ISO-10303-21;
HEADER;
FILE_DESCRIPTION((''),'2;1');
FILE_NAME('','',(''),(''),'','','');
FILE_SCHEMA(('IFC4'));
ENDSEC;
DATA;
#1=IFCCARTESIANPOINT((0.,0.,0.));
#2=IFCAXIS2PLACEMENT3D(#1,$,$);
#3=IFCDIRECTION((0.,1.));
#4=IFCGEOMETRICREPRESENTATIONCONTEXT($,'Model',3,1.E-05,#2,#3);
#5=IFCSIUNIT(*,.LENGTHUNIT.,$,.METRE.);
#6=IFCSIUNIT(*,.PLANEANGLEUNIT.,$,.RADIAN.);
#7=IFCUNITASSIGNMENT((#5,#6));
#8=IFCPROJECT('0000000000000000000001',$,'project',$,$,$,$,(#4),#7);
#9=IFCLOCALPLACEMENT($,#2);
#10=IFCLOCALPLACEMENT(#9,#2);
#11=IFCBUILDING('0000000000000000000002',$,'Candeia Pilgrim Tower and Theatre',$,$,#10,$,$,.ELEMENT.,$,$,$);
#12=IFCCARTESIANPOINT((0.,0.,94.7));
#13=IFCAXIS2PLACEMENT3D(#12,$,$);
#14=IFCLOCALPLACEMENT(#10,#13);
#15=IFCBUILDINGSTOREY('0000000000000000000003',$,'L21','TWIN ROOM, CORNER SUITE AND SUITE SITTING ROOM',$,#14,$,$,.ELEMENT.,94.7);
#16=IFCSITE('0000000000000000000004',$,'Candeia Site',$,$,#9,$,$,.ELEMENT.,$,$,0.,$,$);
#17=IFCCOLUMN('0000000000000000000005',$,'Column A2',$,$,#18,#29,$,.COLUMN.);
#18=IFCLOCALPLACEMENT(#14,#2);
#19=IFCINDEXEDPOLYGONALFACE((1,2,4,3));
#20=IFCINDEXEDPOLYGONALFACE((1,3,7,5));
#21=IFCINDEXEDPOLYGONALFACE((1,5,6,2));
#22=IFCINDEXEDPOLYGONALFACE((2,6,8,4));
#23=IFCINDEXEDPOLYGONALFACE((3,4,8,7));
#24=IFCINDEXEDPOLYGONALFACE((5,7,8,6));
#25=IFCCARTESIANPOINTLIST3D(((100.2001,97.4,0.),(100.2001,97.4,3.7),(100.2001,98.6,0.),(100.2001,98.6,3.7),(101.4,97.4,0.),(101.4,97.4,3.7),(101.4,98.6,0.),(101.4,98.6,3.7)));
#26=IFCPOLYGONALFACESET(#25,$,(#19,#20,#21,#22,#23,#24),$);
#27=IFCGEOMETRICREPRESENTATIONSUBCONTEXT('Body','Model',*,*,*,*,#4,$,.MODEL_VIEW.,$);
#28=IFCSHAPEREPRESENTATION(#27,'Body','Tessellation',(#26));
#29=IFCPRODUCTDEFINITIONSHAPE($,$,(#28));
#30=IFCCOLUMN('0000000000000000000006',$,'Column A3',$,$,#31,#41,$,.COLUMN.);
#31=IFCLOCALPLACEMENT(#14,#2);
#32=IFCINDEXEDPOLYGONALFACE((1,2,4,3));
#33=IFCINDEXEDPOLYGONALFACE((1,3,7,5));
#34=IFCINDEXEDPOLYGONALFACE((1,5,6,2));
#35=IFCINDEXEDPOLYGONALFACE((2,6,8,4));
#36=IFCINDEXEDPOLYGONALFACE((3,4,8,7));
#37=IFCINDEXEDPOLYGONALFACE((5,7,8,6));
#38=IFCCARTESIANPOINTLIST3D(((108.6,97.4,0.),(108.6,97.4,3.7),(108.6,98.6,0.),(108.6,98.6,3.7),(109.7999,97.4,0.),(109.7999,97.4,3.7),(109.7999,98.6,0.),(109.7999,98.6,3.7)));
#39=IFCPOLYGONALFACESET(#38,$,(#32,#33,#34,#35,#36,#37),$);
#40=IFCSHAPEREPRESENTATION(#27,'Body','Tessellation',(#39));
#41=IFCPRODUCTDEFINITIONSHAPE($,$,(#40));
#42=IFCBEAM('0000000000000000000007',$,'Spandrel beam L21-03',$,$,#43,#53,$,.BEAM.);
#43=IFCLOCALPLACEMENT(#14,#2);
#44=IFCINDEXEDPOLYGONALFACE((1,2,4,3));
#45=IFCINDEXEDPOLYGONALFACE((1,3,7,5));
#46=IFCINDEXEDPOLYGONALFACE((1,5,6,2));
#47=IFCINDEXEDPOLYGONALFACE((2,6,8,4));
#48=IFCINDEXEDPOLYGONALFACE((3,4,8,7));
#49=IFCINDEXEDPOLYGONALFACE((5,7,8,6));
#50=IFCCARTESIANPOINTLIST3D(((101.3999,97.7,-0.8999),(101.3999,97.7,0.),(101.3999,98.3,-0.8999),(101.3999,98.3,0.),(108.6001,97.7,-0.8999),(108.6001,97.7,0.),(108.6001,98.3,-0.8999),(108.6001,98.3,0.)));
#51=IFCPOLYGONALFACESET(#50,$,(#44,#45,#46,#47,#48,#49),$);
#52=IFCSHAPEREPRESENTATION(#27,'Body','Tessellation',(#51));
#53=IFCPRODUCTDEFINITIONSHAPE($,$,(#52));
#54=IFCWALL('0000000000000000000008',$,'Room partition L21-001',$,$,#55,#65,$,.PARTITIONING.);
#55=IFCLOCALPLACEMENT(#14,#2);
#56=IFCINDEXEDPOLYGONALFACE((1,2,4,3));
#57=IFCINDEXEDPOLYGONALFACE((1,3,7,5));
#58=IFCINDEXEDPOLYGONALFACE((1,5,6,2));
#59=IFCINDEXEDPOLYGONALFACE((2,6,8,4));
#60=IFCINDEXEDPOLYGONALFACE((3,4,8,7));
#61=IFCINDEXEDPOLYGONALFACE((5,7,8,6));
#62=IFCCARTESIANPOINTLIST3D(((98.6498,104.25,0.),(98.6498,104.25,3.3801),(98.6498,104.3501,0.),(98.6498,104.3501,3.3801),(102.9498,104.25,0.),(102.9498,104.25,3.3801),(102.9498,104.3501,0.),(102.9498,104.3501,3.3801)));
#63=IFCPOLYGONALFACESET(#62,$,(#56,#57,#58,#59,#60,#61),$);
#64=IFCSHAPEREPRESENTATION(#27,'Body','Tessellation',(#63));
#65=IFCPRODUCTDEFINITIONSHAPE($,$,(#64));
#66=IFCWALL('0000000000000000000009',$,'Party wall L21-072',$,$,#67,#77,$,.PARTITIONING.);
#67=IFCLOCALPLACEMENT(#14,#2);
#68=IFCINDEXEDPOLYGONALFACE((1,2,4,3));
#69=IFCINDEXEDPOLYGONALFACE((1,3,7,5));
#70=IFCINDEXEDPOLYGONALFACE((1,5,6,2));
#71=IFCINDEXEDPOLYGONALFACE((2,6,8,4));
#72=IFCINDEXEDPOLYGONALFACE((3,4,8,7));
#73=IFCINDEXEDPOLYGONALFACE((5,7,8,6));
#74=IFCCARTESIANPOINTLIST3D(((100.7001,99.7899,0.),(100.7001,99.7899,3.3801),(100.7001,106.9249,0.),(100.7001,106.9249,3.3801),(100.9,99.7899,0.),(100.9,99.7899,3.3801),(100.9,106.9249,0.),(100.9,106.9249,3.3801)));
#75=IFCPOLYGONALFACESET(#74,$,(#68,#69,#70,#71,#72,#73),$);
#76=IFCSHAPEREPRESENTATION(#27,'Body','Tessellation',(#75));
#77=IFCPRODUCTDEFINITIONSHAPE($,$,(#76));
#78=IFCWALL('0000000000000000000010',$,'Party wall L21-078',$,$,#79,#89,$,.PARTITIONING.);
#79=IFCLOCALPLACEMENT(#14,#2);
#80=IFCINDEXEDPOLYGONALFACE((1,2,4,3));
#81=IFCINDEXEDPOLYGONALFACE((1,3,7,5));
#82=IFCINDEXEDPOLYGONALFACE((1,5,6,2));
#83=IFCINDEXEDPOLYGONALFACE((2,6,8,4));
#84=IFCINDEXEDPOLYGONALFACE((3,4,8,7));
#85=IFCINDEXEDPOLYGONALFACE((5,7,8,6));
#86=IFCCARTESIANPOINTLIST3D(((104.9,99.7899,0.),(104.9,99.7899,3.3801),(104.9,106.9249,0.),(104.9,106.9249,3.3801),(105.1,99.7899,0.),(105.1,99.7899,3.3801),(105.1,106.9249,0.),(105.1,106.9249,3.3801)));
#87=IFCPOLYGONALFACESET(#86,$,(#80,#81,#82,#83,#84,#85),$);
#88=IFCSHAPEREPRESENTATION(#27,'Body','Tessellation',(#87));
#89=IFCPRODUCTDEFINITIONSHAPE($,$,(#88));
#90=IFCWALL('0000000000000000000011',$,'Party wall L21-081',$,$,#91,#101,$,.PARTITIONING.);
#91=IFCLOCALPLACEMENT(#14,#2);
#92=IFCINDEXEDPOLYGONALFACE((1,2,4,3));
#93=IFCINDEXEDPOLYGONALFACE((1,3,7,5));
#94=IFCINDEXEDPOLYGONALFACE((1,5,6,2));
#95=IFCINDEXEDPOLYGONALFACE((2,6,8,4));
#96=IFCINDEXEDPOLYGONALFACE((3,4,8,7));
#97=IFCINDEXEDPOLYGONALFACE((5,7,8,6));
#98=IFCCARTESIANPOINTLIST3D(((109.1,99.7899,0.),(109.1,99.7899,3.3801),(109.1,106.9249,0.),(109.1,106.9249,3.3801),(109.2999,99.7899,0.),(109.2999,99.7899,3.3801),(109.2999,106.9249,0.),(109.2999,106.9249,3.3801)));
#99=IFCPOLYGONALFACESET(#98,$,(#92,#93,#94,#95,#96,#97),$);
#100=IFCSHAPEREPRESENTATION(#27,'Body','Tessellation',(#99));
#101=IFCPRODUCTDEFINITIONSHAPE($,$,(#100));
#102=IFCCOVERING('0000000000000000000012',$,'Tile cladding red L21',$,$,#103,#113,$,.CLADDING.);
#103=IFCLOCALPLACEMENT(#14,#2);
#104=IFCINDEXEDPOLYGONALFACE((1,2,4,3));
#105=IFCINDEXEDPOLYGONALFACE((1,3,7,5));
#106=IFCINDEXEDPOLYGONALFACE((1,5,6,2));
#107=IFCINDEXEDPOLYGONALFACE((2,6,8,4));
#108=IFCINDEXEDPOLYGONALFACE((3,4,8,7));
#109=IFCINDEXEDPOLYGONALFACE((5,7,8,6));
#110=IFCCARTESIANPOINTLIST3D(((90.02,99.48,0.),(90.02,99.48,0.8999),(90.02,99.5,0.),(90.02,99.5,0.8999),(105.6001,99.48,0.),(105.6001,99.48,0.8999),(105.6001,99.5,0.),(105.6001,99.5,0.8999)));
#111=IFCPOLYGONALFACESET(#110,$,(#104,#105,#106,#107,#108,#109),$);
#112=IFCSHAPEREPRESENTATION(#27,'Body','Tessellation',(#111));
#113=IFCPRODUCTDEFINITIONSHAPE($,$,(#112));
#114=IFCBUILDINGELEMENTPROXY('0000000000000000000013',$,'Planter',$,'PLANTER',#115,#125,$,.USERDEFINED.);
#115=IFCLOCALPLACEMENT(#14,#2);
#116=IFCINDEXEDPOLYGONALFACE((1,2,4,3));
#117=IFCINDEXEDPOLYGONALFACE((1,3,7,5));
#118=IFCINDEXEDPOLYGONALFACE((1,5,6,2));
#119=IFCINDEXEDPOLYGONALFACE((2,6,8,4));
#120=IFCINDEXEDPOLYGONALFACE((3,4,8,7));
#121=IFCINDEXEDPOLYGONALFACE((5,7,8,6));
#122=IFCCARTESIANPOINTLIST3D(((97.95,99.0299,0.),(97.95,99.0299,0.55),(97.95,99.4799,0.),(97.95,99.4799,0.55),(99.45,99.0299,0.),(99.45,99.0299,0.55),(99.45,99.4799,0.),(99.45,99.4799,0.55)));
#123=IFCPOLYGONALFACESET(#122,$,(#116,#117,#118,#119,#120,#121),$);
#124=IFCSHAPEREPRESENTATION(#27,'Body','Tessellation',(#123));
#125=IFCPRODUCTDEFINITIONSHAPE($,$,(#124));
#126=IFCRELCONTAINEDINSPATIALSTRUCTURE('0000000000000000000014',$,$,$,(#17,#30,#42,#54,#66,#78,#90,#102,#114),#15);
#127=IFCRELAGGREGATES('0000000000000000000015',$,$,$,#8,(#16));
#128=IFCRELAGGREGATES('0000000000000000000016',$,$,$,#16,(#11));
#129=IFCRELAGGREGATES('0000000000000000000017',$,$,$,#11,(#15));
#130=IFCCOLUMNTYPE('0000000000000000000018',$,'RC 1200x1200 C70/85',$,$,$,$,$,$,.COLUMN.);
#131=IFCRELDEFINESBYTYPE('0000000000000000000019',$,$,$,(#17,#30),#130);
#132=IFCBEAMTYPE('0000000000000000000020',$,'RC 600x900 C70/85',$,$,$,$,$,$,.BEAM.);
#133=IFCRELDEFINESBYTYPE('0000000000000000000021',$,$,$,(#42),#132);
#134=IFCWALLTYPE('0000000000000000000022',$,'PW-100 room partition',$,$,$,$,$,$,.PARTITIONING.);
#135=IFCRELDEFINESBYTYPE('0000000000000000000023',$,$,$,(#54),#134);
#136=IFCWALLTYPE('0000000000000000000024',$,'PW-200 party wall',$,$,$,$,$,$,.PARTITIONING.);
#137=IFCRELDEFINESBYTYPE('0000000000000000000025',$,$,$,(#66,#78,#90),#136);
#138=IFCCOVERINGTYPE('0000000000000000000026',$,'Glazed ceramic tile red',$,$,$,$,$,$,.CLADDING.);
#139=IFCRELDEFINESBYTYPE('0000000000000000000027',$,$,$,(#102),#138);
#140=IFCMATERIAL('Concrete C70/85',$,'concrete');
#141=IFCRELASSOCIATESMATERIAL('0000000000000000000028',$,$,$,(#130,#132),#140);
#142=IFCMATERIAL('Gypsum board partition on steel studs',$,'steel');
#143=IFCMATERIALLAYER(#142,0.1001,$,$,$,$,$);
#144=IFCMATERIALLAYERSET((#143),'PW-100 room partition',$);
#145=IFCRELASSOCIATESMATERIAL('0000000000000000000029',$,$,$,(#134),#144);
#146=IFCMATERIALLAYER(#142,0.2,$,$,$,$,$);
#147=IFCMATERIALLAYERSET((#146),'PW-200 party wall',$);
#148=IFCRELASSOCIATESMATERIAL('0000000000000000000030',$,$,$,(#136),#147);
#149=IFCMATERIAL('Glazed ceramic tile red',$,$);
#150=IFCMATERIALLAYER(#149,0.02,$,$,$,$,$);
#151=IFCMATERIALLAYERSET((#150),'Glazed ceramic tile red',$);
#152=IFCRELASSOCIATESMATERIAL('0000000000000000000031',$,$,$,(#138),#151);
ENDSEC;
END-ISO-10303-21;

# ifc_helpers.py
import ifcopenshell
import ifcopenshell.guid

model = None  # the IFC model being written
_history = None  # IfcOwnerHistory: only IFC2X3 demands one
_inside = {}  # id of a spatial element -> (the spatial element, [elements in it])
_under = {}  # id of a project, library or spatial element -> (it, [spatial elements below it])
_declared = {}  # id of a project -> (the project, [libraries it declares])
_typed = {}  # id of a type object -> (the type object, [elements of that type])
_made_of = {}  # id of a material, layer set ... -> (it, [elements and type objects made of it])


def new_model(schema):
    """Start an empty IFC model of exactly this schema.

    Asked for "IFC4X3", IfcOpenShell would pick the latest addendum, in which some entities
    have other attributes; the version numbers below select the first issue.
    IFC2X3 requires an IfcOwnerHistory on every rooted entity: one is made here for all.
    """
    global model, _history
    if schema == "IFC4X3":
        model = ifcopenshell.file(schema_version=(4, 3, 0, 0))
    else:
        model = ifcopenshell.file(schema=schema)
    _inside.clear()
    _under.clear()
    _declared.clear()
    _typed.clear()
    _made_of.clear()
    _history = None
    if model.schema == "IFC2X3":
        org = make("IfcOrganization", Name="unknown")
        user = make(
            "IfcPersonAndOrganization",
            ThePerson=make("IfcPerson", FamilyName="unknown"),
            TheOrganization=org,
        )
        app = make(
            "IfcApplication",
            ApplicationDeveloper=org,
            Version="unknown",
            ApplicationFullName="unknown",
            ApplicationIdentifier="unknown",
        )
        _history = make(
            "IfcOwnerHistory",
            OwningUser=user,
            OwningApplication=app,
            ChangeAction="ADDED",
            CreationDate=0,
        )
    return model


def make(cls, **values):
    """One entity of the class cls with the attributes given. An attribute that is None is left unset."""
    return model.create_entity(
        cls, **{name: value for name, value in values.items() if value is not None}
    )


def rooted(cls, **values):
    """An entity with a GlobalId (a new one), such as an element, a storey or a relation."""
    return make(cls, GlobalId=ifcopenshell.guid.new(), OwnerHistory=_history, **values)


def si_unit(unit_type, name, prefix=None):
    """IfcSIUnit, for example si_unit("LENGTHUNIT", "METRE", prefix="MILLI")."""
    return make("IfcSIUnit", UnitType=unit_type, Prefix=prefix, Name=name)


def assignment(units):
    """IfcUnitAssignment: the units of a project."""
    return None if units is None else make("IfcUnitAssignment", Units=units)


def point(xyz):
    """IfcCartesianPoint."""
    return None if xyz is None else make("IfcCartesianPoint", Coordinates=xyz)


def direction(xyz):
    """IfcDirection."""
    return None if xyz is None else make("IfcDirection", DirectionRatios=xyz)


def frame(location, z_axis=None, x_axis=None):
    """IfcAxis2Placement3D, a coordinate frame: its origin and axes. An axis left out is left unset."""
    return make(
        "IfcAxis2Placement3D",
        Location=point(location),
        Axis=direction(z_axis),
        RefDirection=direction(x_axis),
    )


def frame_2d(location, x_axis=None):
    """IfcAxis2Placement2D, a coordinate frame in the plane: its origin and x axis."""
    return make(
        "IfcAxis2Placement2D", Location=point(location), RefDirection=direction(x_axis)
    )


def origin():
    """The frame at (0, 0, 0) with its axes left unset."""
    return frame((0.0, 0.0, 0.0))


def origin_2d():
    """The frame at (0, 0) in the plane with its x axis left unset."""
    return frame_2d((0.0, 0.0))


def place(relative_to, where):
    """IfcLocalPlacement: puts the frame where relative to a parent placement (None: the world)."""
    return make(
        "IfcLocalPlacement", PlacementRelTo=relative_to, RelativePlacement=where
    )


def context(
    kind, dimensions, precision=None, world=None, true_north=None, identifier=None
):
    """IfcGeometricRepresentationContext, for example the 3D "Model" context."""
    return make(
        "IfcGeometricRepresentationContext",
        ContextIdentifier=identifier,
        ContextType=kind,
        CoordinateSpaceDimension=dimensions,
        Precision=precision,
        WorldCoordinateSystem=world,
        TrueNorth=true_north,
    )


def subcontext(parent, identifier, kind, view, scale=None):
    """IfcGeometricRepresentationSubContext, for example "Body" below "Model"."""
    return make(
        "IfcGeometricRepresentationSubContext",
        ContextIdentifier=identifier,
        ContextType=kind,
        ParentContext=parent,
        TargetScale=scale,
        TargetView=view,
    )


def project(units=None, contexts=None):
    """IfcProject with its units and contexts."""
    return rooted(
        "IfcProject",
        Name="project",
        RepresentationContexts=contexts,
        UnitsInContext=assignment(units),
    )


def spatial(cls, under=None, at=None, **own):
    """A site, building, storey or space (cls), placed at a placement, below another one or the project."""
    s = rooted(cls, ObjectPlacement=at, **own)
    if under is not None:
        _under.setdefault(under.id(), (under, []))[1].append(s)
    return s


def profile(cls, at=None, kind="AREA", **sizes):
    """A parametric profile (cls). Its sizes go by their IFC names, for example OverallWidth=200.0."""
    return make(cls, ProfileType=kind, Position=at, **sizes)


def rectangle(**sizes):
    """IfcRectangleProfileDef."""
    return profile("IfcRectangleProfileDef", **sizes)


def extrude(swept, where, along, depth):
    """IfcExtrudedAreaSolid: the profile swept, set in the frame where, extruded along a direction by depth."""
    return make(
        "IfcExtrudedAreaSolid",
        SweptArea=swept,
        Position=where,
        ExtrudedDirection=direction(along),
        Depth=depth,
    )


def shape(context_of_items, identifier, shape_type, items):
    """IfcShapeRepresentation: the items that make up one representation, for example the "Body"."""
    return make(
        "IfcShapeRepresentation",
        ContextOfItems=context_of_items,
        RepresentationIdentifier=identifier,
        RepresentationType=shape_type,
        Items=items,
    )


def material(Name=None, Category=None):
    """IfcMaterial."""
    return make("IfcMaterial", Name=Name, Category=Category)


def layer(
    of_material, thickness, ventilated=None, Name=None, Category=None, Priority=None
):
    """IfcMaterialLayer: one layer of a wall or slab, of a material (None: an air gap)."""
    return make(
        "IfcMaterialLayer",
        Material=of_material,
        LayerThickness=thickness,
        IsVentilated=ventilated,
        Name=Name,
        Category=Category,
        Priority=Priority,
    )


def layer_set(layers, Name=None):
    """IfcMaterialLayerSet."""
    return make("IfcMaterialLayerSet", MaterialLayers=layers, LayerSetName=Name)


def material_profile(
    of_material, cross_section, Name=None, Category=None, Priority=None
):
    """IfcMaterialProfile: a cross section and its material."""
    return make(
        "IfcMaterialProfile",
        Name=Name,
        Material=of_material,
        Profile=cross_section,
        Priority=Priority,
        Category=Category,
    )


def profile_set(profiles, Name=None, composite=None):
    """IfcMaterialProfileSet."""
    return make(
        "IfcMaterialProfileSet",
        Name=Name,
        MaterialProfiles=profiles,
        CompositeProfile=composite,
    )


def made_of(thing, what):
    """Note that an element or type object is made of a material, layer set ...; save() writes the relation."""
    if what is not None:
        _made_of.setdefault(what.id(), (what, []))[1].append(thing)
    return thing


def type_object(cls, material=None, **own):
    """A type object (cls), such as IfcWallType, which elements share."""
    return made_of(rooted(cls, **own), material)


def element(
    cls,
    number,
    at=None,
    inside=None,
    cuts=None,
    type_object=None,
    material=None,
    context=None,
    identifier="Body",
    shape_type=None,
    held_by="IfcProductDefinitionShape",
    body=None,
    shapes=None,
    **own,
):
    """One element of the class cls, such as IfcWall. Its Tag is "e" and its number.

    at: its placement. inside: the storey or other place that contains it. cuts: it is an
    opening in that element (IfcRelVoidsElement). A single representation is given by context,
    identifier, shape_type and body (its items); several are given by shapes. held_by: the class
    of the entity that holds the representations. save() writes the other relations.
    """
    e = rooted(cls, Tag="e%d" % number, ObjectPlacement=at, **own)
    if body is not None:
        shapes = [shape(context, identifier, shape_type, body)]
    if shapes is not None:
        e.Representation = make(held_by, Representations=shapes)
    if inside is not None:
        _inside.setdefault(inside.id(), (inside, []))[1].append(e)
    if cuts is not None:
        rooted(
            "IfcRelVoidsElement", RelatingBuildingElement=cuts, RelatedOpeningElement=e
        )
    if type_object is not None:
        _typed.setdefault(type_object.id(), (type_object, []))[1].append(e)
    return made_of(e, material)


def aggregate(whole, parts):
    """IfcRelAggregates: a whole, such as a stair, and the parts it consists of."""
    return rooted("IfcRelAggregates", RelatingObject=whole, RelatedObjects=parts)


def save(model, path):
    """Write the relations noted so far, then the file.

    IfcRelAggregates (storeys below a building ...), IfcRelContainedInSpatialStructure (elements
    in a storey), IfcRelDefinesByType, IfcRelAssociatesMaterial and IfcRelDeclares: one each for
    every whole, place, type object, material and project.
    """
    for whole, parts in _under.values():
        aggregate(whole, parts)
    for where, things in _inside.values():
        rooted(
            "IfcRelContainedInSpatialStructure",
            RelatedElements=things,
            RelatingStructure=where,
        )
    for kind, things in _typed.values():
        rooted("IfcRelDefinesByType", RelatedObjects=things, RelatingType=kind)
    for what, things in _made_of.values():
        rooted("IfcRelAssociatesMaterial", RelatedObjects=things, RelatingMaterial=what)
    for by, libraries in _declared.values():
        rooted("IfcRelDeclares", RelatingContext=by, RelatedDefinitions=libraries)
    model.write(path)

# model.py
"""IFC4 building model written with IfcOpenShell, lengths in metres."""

from ifc_helpers import new_model, si_unit, direction, frame, frame_2d, origin, origin_2d, place, context, subcontext, project, spatial, rectangle, extrude, material, layer, layer_set, material_profile, profile_set, type_object, element, save


model = new_model("IFC4")

# Units and contexts
model_context = context("Model", 3, precision=1e-05, world=origin(), true_north=direction((0.0, 1.0)))
body_context = subcontext(model_context, "Body", "Model", "MODEL_VIEW")
ifc_project = project(units=[si_unit("LENGTHUNIT", "METRE"), si_unit("PLANEANGLEUNIT", "RADIAN")], contexts=[model_context])

# Site, building, storey
site_placement = place(None, origin())
site = spatial("IfcSite", under=ifc_project, at=site_placement, Name="Candeia Site", CompositionType="ELEMENT", RefElevation=0.0)
building_placement = place(site_placement, origin())
building = spatial("IfcBuilding", under=site, at=building_placement, Name="Candeia Pilgrim Tower and Theatre", CompositionType="ELEMENT")
storey_placement = place(building_placement, frame((0.0, 0.0, 94.7)))
storey = spatial("IfcBuildingStorey", under=building, at=storey_placement, Name="L21", Description="TWIN ROOM, CORNER SUITE AND SUITE SITTING ROOM", CompositionType="ELEMENT", Elevation=94.7)

# Columns
ifc_material_1 = material(Name="Concrete C70/85", Category="concrete")
ifc_material_profile_1 = material_profile(ifc_material_1, rectangle(XDim=1.2, YDim=1.2, at=origin_2d()))
ifc_profile_set_1 = profile_set([ifc_material_profile_1], Name="Concrete C70/85")
column_type = type_object("IfcColumnType", Name="RC 1200x1200 C70/85", PredefinedType="COLUMN", material=ifc_profile_set_1)
for number, where, z_axis, x_axis, name in (
    (1, (100.8, 98.0, 0.0), (0.0, 0.0, 1.0), (1.0, 0.0, 0.0), "Column A2"),
    (2, (109.2, 98.0, 0.0), (0.0, 0.0, 1.0), (1.0, 0.0, 0.0), "Column A3"),
):
    element("IfcColumn", number, at=place(storey_placement, frame(where, z_axis=z_axis, x_axis=x_axis)), inside=storey, type_object=column_type, Name=name, PredefinedType="COLUMN", context=body_context, shape_type="SweptSolid", body=[
        extrude(rectangle(XDim=1.2, YDim=1.2, at=origin_2d()), origin(), (0.0, 0.0, 1.0), 3.7),
    ])

# Beam
ifc_material_profile_2 = material_profile(ifc_material_1, rectangle(XDim=0.6001, YDim=0.8999, at=origin_2d()))
ifc_profile_set_2 = profile_set([ifc_material_profile_2], Name="Concrete C70/85")
beam_type = type_object("IfcBeamType", Name="RC 600x900 C70/85", PredefinedType="BEAM", material=ifc_profile_set_2)
beam_placement = place(storey_placement, frame((101.3999, 98.0, -0.45), z_axis=(1.0, 0.0, 0.0), x_axis=(0.0, 1.0, 0.0)))
element("IfcBeam", 3, at=beam_placement, inside=storey, type_object=beam_type, Name="Spandrel beam L21-03", PredefinedType="BEAM", context=body_context, shape_type="SweptSolid", body=[
    extrude(rectangle(XDim=0.6001, YDim=0.8999, at=origin_2d()), origin(), (0.0, 0.0, 1.0), 7.2002),
])

# Walls
ifc_material_2 = material(Name="Gypsum board partition on steel studs", Category="steel")
ifc_layer_1 = layer(ifc_material_2, 0.1001)
ifc_layer_set_1 = layer_set([ifc_layer_1], Name="PW-100 room partition")
wall_type_1 = type_object("IfcWallType", Name="PW-100 room partition", PredefinedType="PARTITIONING", material=ifc_layer_set_1)
wall_placement = place(storey_placement, frame((98.6499, 104.3, 0.0), z_axis=(0.0, 0.0, 1.0), x_axis=(1.0, 0.0, 0.0)))
element("IfcWall", 4, at=wall_placement, inside=storey, type_object=wall_type_1, Name="Room partition L21-001", PredefinedType="PARTITIONING", context=body_context, shape_type="SweptSolid", body=[
    extrude(rectangle(XDim=4.3, YDim=0.1001, at=frame_2d((2.1499, 0.0))), origin(), (0.0, 0.0, 1.0), 3.3801),
])
ifc_layer_2 = layer(ifc_material_2, 0.2)
ifc_layer_set_2 = layer_set([ifc_layer_2], Name="PW-200 party wall")
wall_type_2 = type_object("IfcWallType", Name="PW-200 party wall", PredefinedType="PARTITIONING", material=ifc_layer_set_2)
for number, where, z_axis, x_axis, name in (
    (5, (100.8, 99.79, 0.0), (0.0, 0.0, 1.0), (0.0, 1.0, 0.0), "Party wall L21-072"),
    (6, (105.0, 99.79, 0.0), (0.0, 0.0, 1.0), (0.0, 1.0, 0.0), "Party wall L21-078"),
    (7, (109.2, 99.79, 0.0), (0.0, 0.0, 1.0), (0.0, 1.0, 0.0), "Party wall L21-081"),
):
    element("IfcWall", number, at=place(storey_placement, frame(where, z_axis=z_axis, x_axis=x_axis)), inside=storey, type_object=wall_type_2, Name=name, PredefinedType="PARTITIONING", context=body_context, shape_type="SweptSolid", body=[
        extrude(rectangle(XDim=7.135, YDim=0.2, at=frame_2d((3.5674, 0.0))), origin(), (0.0, 0.0, 1.0), 3.3801),
    ])

# Covering
ifc_material_3 = material(Name="Glazed ceramic tile red")
ifc_layer_3 = layer(ifc_material_3, 0.02)
ifc_layer_set_3 = layer_set([ifc_layer_3], Name="Glazed ceramic tile red")
covering_type = type_object("IfcCoveringType", Name="Glazed ceramic tile red", PredefinedType="CLADDING", material=ifc_layer_set_3)
covering_placement = place(storey_placement, frame((97.8101, 99.49, 0.0), z_axis=(0.0, 0.0, 1.0), x_axis=(1.0, 0.0, 0.0)))
element("IfcCovering", 8, at=covering_placement, inside=storey, type_object=covering_type, Name="Tile cladding red L21", PredefinedType="CLADDING", context=body_context, shape_type="SweptSolid", body=[
    extrude(rectangle(XDim=15.5801, YDim=0.02, at=origin_2d()), origin(), (0.0, 0.0, 1.0), 0.8999),
])

# Building element proxy
proxy_placement = place(storey_placement, frame((98.7, 99.2549, 0.0), z_axis=(0.0, 0.0, 1.0), x_axis=(1.0, 0.0, 0.0)))
element("IfcBuildingElementProxy", 9, at=proxy_placement, inside=storey, Name="Planter", ObjectType="PLANTER", PredefinedType="USERDEFINED", context=body_context, shape_type="SweptSolid", body=[
    extrude(rectangle(XDim=1.5, YDim=0.45, at=origin_2d()), origin(), (0.0, 0.0, 1.0), 0.55),
])

save(model, "model.ifc")
